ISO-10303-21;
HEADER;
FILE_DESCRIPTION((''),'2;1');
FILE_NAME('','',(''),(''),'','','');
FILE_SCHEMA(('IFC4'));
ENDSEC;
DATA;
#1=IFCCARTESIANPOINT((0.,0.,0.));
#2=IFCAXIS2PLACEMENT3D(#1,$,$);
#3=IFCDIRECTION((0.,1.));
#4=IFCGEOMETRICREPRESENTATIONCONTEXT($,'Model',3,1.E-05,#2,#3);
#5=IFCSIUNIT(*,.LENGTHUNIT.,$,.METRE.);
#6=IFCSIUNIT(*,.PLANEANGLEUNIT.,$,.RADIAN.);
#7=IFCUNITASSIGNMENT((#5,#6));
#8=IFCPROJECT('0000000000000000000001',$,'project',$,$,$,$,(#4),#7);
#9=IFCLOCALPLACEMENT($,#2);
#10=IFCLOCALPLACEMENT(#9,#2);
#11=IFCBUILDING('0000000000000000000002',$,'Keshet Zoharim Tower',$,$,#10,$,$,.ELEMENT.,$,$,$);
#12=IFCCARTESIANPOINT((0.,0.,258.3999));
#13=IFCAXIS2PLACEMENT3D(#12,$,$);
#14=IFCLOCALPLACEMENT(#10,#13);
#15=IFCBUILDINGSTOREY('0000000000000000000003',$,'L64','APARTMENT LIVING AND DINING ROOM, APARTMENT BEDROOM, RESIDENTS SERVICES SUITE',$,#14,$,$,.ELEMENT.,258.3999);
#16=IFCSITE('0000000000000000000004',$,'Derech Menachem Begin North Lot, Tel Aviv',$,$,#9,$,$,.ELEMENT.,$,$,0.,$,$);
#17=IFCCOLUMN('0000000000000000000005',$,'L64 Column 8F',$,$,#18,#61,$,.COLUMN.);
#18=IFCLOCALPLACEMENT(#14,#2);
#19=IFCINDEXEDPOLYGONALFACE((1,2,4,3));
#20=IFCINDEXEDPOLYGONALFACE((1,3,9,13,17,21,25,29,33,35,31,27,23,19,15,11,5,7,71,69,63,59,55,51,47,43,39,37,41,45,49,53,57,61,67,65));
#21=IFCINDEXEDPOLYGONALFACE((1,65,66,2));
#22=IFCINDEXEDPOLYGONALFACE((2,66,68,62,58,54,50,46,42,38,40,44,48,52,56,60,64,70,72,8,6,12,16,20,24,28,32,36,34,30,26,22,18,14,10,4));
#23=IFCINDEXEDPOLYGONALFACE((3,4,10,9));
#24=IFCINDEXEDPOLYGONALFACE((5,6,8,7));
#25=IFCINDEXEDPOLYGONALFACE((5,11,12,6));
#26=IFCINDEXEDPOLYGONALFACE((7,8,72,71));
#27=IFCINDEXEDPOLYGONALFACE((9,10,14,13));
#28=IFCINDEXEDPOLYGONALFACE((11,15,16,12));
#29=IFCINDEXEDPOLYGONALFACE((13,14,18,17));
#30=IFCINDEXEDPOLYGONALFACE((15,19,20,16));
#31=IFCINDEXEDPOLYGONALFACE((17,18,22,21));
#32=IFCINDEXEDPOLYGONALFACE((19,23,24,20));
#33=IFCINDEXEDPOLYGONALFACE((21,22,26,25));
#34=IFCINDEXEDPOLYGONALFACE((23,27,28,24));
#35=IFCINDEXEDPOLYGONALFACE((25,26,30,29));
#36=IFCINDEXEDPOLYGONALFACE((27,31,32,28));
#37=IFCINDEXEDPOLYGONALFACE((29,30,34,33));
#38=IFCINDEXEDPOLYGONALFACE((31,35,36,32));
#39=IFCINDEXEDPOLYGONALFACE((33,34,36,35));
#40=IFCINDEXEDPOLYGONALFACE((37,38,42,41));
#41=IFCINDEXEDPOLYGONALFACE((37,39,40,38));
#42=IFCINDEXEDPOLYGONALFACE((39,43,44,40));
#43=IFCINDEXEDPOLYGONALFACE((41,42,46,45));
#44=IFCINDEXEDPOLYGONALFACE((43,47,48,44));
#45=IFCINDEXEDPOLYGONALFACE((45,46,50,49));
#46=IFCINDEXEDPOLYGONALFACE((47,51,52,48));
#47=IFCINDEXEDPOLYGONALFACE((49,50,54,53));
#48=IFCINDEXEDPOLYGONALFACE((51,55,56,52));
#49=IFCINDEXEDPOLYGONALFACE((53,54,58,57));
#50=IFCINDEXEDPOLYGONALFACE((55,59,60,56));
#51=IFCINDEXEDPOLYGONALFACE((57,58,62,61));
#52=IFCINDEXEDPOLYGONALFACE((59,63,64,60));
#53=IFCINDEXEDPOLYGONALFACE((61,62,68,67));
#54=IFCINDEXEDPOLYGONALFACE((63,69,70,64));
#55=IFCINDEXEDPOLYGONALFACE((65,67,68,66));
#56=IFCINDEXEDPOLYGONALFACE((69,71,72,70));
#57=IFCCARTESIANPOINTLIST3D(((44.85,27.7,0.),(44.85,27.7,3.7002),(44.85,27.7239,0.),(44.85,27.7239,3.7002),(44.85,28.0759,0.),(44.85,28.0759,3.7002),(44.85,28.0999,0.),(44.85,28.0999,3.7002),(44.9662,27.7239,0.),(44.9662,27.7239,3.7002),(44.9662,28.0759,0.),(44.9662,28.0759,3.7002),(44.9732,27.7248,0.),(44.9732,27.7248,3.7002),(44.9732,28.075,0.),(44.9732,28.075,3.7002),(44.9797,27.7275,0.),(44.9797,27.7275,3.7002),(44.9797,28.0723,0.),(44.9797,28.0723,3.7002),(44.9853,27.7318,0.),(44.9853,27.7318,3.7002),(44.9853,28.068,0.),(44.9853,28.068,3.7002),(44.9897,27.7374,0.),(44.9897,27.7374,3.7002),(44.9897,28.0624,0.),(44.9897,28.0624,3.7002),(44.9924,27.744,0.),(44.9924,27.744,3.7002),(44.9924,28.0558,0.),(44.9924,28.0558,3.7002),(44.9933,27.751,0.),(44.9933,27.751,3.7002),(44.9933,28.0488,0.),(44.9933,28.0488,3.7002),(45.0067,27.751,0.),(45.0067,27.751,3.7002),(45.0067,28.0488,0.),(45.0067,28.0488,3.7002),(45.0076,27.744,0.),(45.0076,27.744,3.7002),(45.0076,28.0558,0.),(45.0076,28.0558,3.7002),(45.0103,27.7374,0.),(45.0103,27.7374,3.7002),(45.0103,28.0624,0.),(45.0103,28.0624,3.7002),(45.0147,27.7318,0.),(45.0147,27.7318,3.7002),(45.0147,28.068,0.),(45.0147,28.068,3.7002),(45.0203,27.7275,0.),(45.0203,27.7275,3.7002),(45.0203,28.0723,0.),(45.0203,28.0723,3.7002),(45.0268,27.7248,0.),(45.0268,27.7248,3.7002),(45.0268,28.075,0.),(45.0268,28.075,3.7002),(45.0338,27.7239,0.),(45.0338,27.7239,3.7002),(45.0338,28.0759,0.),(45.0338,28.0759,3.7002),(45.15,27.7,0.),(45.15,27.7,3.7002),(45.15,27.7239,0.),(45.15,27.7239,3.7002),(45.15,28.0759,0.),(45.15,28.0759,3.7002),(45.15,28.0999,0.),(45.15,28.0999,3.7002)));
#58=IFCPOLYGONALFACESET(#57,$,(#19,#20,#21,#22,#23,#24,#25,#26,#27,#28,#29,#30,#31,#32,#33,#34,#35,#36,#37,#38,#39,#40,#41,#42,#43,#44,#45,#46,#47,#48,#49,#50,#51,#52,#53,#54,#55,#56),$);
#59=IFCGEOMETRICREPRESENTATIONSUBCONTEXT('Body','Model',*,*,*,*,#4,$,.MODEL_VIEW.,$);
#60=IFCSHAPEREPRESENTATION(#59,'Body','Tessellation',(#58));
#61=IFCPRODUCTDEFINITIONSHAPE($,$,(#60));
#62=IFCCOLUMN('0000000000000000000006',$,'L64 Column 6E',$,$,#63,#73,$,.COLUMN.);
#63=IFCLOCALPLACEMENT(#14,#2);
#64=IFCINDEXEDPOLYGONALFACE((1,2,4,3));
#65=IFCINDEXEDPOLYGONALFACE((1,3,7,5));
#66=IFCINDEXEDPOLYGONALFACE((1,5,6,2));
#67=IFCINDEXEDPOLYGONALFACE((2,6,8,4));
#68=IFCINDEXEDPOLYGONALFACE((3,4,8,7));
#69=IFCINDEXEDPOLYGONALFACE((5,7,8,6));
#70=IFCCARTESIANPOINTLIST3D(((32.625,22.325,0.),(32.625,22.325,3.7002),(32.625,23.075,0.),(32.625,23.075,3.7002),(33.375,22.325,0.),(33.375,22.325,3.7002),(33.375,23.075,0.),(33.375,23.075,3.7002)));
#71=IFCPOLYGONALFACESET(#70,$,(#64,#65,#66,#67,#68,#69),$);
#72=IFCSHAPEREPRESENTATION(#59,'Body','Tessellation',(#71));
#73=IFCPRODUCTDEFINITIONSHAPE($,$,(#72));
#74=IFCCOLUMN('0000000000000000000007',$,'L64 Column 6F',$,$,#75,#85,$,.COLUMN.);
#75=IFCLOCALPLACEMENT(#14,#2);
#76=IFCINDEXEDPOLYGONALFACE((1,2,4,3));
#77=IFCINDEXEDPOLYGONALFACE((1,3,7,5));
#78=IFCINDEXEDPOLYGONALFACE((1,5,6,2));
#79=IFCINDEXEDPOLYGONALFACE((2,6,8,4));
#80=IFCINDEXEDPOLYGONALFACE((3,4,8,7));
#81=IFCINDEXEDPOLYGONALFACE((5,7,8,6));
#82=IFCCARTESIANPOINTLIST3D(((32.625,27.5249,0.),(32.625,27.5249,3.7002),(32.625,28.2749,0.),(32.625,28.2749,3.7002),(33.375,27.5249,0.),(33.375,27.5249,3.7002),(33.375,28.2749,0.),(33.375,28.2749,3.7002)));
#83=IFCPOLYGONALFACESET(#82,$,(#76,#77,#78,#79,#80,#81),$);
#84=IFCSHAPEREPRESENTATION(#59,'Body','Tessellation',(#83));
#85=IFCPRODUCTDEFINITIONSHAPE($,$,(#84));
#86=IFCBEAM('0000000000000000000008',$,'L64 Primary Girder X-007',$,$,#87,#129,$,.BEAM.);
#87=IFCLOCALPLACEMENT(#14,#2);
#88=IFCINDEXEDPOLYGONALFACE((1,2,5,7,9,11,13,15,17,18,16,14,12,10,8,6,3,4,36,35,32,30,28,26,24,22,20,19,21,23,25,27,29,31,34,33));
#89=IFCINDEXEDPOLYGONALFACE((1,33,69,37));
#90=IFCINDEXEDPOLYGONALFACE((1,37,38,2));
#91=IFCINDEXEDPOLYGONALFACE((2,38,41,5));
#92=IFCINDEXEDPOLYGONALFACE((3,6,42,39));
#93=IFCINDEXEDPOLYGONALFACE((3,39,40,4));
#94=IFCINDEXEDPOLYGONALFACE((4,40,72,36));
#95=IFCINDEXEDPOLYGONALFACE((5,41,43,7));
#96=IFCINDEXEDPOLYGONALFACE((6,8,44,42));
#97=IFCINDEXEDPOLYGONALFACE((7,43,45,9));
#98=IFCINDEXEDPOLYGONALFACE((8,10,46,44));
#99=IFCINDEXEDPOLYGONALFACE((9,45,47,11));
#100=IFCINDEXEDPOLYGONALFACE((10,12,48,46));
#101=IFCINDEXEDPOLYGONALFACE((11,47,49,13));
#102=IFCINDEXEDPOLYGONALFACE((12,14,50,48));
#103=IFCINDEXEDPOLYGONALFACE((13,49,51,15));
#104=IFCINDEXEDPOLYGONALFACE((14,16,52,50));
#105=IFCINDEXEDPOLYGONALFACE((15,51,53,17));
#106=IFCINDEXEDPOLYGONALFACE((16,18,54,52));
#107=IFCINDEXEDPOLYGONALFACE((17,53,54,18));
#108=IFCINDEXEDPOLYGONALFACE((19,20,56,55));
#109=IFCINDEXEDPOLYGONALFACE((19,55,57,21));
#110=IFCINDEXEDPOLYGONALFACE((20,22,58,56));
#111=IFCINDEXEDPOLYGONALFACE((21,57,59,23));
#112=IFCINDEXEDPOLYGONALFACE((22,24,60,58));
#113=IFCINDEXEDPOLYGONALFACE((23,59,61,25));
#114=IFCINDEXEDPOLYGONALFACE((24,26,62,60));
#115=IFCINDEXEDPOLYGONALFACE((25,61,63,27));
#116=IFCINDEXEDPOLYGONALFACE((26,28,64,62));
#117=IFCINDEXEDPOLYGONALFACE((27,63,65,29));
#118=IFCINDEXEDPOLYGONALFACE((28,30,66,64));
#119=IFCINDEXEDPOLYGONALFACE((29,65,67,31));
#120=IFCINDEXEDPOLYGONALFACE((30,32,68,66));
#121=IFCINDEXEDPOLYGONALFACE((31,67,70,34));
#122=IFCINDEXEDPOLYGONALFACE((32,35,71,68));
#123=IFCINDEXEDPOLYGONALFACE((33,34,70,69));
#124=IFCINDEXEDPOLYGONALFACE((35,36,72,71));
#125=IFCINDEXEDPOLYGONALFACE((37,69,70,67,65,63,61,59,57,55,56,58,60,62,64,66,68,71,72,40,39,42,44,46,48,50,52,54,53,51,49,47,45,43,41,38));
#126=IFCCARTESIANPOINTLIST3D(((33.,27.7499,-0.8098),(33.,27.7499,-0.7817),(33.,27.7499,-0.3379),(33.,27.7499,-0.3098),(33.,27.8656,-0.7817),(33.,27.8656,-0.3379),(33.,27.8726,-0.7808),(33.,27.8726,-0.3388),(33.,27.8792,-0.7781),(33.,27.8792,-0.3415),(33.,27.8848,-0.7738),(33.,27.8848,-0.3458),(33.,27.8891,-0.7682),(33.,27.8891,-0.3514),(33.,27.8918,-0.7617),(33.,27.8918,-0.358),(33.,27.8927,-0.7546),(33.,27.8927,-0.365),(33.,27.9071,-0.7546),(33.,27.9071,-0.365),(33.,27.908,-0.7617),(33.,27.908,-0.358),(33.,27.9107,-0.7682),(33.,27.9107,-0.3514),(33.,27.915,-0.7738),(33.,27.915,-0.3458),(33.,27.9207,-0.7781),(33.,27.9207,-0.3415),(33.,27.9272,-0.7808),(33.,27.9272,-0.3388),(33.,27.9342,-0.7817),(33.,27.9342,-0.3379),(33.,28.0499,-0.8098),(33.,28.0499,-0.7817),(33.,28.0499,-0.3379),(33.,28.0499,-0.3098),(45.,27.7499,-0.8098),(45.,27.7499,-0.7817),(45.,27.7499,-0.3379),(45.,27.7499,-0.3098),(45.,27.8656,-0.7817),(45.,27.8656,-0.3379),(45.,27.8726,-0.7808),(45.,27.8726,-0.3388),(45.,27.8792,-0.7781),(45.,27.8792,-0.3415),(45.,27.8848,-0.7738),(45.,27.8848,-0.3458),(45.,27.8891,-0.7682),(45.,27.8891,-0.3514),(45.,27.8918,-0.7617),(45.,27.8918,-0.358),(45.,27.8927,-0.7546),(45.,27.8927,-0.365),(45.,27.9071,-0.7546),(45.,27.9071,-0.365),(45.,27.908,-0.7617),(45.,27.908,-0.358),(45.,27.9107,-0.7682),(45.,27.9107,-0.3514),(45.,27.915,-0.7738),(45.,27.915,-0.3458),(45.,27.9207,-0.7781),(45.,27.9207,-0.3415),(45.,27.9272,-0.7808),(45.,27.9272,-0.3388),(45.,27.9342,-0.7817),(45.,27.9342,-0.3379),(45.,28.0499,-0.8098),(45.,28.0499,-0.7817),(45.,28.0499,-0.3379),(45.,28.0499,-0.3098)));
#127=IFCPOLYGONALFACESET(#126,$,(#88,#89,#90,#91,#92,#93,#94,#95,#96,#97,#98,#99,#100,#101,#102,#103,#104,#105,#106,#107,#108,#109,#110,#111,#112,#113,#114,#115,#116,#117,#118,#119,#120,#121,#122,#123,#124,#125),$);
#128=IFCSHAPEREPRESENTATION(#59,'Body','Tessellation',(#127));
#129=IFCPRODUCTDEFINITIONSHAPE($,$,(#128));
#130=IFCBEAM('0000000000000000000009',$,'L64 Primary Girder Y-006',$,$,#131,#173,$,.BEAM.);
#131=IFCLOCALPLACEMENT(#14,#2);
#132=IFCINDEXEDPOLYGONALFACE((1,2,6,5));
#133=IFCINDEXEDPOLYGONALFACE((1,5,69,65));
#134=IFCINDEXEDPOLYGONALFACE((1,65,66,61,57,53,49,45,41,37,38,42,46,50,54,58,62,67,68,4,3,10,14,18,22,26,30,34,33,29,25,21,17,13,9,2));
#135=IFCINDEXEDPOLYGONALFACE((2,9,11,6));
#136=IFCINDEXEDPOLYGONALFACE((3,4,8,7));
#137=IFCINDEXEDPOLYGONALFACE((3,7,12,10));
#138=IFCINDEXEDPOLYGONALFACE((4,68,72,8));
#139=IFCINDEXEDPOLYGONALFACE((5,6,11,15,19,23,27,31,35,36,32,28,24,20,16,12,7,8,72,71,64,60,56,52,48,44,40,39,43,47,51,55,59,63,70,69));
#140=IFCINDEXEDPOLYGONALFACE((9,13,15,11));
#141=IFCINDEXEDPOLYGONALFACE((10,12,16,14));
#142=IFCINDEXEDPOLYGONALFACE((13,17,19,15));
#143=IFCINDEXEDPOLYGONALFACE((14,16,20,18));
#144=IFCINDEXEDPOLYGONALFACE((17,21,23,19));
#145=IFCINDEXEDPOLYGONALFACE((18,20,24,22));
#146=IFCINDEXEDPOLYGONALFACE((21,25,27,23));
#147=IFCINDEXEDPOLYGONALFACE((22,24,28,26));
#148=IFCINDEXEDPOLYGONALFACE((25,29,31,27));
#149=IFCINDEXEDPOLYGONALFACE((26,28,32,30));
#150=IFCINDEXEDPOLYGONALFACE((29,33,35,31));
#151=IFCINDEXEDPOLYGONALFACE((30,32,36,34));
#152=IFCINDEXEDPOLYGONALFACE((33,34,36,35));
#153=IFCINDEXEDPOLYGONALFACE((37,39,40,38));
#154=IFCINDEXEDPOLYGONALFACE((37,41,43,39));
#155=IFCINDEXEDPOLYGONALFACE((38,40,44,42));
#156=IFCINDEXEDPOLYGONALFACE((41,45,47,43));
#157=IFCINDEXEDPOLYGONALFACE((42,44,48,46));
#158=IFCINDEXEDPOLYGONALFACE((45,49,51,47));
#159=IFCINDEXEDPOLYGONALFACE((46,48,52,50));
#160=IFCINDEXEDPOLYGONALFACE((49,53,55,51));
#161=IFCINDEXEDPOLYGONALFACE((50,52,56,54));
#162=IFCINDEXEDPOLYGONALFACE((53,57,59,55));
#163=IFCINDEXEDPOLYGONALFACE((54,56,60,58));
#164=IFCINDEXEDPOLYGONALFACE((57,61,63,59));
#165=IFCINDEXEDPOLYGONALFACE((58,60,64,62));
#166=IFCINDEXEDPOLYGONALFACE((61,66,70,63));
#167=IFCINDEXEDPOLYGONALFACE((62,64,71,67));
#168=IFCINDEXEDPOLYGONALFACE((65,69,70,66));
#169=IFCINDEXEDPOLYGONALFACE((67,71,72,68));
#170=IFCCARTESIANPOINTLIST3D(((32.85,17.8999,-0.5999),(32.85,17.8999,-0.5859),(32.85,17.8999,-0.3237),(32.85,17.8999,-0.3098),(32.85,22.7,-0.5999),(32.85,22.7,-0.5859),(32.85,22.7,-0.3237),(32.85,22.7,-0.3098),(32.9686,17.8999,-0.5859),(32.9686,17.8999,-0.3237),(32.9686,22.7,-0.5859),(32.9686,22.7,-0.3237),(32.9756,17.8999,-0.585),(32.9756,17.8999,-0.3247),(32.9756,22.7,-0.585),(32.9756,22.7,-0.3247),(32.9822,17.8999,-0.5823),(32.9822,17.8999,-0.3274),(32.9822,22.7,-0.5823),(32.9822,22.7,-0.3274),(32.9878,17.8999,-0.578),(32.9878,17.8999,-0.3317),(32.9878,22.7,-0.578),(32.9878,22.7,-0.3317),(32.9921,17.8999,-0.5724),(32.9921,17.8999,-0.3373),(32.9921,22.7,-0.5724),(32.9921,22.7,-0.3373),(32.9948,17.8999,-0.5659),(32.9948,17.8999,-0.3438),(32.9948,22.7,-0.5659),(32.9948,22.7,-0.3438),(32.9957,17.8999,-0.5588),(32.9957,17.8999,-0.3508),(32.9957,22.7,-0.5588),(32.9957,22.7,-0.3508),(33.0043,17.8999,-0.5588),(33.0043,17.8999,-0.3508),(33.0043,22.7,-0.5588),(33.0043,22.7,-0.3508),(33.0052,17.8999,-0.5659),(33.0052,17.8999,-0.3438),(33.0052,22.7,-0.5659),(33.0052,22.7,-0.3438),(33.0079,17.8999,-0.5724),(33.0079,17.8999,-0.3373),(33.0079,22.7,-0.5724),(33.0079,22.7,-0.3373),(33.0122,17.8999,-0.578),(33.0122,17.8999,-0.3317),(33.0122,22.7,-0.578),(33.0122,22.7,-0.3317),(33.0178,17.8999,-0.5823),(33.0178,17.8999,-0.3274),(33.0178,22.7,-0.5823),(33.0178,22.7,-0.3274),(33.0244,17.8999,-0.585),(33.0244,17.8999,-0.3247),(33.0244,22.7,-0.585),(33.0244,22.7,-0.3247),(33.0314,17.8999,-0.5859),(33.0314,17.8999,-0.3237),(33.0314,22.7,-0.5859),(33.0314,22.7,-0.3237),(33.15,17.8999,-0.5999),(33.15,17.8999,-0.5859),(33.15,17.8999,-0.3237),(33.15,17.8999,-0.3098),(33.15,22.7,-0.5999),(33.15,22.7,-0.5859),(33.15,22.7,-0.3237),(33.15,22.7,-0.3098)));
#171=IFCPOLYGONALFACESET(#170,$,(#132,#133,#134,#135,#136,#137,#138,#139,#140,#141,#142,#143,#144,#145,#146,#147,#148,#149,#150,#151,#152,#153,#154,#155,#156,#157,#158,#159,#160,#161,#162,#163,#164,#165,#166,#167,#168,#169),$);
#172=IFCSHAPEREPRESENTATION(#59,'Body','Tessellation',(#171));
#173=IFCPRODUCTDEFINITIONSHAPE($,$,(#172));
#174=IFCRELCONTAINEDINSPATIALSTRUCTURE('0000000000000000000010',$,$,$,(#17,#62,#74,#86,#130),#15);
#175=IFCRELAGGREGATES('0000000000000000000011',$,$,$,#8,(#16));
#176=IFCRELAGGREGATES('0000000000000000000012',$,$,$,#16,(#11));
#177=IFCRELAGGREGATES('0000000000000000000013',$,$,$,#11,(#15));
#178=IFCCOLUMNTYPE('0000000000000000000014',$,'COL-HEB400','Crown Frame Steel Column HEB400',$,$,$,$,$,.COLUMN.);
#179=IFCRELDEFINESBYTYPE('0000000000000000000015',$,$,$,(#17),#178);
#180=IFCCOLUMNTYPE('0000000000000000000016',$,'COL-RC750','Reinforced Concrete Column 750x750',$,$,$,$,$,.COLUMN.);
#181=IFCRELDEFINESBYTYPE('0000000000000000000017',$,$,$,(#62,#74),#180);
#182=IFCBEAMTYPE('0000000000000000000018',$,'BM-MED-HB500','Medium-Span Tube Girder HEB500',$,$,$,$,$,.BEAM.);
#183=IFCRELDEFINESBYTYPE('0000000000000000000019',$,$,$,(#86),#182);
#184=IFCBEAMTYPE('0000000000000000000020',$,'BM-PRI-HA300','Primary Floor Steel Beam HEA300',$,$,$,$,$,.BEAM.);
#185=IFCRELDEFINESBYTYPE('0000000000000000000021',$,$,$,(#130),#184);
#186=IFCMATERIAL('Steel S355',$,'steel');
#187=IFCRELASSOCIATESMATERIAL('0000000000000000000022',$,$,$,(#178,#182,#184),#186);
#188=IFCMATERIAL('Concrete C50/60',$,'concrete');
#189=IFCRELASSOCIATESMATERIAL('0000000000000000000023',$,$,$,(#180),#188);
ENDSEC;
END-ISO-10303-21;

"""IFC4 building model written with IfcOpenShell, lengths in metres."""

from ifc_helpers import new_model, si_unit, direction, frame, origin, origin_2d, place, context, subcontext, project, spatial, rectangle, i_section, extrude, material, material_profile, profile_set, type_object, element, save


model = new_model("IFC4")

# Units and contexts
model_context = context("Model", 3, precision=1e-05, world=origin(), true_north=direction((0.0, 1.0)))
body_context = subcontext(model_context, "Body", "Model", "MODEL_VIEW")
ifc_project = project(units=[si_unit("LENGTHUNIT", "METRE"), si_unit("PLANEANGLEUNIT", "RADIAN")], contexts=[model_context])

# Site, building, storey
site_placement = place(None, origin())
site = spatial("IfcSite", under=ifc_project, at=site_placement, Name="Derech Menachem Begin North Lot, Tel Aviv", CompositionType="ELEMENT", RefElevation=0.0)
building_placement = place(site_placement, origin())
building = spatial("IfcBuilding", under=site, at=building_placement, Name="Keshet Zoharim Tower", CompositionType="ELEMENT")
storey_placement = place(building_placement, frame((0.0, 0.0, 258.3999)))
storey = spatial("IfcBuildingStorey", under=building, at=storey_placement, Name="L64", Description="APARTMENT LIVING AND DINING ROOM, APARTMENT BEDROOM, RESIDENTS SERVICES SUITE", CompositionType="ELEMENT", Elevation=258.3999)

# Columns
ifc_material_1 = material(Name="Steel S355", Category="steel")
ifc_material_profile_1 = material_profile(ifc_material_1, i_section(OverallWidth=0.3, OverallDepth=0.3999, WebThickness=0.0134, FlangeThickness=0.0239, FilletRadius=0.0271, at=origin_2d()), Name="HEB400")
ifc_profile_set_1 = profile_set([ifc_material_profile_1], Name="Steel S355")
column_type_1 = type_object("IfcColumnType", Name="COL-HEB400", Description="Crown Frame Steel Column HEB400", PredefinedType="COLUMN", material=ifc_profile_set_1)
column_placement = place(storey_placement, frame((45.0, 27.8999, 0.0), z_axis=(0.0, 0.0, 1.0), x_axis=(1.0, 0.0, 0.0)))
element("IfcColumn", 1, at=column_placement, inside=storey, type_object=column_type_1, Name="L64 Column 8F", PredefinedType="COLUMN", context=body_context, shape_type="SweptSolid", body=[
    extrude(i_section(OverallWidth=0.3, OverallDepth=0.3999, WebThickness=0.0134, FlangeThickness=0.0239, FilletRadius=0.0271, at=origin_2d()), origin(), (0.0, 0.0, 1.0), 3.7002),
])
ifc_material_2 = material(Name="Concrete C50/60", Category="concrete")
ifc_material_profile_2 = material_profile(ifc_material_2, rectangle(XDim=0.75, YDim=0.75, at=origin_2d()), Name="RC750x750")
ifc_profile_set_2 = profile_set([ifc_material_profile_2], Name="Concrete C50/60")
column_type_2 = type_object("IfcColumnType", Name="COL-RC750", Description="Reinforced Concrete Column 750x750", PredefinedType="COLUMN", material=ifc_profile_set_2)
for number, where, z_axis, x_axis, name in (
    (2, (33.0, 22.7, 0.0), (0.0, 0.0, 1.0), (1.0, 0.0, 0.0), "L64 Column 6E"),
    (3, (33.0, 27.8999, 0.0), (0.0, 0.0, 1.0), (1.0, 0.0, 0.0), "L64 Column 6F"),
):
    element("IfcColumn", number, at=place(storey_placement, frame(where, z_axis=z_axis, x_axis=x_axis)), inside=storey, type_object=column_type_2, Name=name, PredefinedType="COLUMN", context=body_context, shape_type="SweptSolid", body=[
        extrude(rectangle(XDim=0.75, YDim=0.75, at=origin_2d()), origin(), (0.0, 0.0, 1.0), 3.7002),
    ])

# Beams
ifc_material_profile_3 = material_profile(ifc_material_1, i_section(OverallWidth=0.3, OverallDepth=0.5, WebThickness=0.0144, FlangeThickness=0.0281, FilletRadius=0.0271, at=origin_2d()), Name="HEB500")
ifc_profile_set_3 = profile_set([ifc_material_profile_3], Name="Steel S355")
beam_type_1 = type_object("IfcBeamType", Name="BM-MED-HB500", Description="Medium-Span Tube Girder HEB500", PredefinedType="BEAM", material=ifc_profile_set_3)
beam_1_placement = place(storey_placement, frame((33.0, 27.8999, -0.5598), z_axis=(1.0, 0.0, 0.0), x_axis=(0.0, 1.0, 0.0)))
element("IfcBeam", 4, at=beam_1_placement, inside=storey, type_object=beam_type_1, Name="L64 Primary Girder X-007", PredefinedType="BEAM", context=body_context, shape_type="SweptSolid", body=[
    extrude(i_section(OverallWidth=0.3, OverallDepth=0.5, WebThickness=0.0144, FlangeThickness=0.0281, FilletRadius=0.0271, at=origin_2d()), origin(), (0.0, 0.0, 1.0), 12.0),
])
ifc_material_profile_4 = material_profile(ifc_material_1, i_section(OverallWidth=0.3, OverallDepth=0.29, WebThickness=0.0085, FlangeThickness=0.0139, FilletRadius=0.0271, at=origin_2d()), Name="HEA300")
ifc_profile_set_4 = profile_set([ifc_material_profile_4], Name="Steel S355")
beam_type_2 = type_object("IfcBeamType", Name="BM-PRI-HA300", Description="Primary Floor Steel Beam HEA300", PredefinedType="BEAM", material=ifc_profile_set_4)
beam_2_placement = place(storey_placement, frame((33.0, 17.8999, -0.4548), z_axis=(0.0, 1.0, 0.0), x_axis=(-1.0, 0.0, 0.0)))
element("IfcBeam", 5, at=beam_2_placement, inside=storey, type_object=beam_type_2, Name="L64 Primary Girder Y-006", PredefinedType="BEAM", context=body_context, shape_type="SweptSolid", body=[
    extrude(i_section(OverallWidth=0.3, OverallDepth=0.29, WebThickness=0.0085, FlangeThickness=0.0139, FilletRadius=0.0271, at=origin_2d()), origin(), (0.0, 0.0, 1.0), 4.8),
])

save(model, "model.ifc")
